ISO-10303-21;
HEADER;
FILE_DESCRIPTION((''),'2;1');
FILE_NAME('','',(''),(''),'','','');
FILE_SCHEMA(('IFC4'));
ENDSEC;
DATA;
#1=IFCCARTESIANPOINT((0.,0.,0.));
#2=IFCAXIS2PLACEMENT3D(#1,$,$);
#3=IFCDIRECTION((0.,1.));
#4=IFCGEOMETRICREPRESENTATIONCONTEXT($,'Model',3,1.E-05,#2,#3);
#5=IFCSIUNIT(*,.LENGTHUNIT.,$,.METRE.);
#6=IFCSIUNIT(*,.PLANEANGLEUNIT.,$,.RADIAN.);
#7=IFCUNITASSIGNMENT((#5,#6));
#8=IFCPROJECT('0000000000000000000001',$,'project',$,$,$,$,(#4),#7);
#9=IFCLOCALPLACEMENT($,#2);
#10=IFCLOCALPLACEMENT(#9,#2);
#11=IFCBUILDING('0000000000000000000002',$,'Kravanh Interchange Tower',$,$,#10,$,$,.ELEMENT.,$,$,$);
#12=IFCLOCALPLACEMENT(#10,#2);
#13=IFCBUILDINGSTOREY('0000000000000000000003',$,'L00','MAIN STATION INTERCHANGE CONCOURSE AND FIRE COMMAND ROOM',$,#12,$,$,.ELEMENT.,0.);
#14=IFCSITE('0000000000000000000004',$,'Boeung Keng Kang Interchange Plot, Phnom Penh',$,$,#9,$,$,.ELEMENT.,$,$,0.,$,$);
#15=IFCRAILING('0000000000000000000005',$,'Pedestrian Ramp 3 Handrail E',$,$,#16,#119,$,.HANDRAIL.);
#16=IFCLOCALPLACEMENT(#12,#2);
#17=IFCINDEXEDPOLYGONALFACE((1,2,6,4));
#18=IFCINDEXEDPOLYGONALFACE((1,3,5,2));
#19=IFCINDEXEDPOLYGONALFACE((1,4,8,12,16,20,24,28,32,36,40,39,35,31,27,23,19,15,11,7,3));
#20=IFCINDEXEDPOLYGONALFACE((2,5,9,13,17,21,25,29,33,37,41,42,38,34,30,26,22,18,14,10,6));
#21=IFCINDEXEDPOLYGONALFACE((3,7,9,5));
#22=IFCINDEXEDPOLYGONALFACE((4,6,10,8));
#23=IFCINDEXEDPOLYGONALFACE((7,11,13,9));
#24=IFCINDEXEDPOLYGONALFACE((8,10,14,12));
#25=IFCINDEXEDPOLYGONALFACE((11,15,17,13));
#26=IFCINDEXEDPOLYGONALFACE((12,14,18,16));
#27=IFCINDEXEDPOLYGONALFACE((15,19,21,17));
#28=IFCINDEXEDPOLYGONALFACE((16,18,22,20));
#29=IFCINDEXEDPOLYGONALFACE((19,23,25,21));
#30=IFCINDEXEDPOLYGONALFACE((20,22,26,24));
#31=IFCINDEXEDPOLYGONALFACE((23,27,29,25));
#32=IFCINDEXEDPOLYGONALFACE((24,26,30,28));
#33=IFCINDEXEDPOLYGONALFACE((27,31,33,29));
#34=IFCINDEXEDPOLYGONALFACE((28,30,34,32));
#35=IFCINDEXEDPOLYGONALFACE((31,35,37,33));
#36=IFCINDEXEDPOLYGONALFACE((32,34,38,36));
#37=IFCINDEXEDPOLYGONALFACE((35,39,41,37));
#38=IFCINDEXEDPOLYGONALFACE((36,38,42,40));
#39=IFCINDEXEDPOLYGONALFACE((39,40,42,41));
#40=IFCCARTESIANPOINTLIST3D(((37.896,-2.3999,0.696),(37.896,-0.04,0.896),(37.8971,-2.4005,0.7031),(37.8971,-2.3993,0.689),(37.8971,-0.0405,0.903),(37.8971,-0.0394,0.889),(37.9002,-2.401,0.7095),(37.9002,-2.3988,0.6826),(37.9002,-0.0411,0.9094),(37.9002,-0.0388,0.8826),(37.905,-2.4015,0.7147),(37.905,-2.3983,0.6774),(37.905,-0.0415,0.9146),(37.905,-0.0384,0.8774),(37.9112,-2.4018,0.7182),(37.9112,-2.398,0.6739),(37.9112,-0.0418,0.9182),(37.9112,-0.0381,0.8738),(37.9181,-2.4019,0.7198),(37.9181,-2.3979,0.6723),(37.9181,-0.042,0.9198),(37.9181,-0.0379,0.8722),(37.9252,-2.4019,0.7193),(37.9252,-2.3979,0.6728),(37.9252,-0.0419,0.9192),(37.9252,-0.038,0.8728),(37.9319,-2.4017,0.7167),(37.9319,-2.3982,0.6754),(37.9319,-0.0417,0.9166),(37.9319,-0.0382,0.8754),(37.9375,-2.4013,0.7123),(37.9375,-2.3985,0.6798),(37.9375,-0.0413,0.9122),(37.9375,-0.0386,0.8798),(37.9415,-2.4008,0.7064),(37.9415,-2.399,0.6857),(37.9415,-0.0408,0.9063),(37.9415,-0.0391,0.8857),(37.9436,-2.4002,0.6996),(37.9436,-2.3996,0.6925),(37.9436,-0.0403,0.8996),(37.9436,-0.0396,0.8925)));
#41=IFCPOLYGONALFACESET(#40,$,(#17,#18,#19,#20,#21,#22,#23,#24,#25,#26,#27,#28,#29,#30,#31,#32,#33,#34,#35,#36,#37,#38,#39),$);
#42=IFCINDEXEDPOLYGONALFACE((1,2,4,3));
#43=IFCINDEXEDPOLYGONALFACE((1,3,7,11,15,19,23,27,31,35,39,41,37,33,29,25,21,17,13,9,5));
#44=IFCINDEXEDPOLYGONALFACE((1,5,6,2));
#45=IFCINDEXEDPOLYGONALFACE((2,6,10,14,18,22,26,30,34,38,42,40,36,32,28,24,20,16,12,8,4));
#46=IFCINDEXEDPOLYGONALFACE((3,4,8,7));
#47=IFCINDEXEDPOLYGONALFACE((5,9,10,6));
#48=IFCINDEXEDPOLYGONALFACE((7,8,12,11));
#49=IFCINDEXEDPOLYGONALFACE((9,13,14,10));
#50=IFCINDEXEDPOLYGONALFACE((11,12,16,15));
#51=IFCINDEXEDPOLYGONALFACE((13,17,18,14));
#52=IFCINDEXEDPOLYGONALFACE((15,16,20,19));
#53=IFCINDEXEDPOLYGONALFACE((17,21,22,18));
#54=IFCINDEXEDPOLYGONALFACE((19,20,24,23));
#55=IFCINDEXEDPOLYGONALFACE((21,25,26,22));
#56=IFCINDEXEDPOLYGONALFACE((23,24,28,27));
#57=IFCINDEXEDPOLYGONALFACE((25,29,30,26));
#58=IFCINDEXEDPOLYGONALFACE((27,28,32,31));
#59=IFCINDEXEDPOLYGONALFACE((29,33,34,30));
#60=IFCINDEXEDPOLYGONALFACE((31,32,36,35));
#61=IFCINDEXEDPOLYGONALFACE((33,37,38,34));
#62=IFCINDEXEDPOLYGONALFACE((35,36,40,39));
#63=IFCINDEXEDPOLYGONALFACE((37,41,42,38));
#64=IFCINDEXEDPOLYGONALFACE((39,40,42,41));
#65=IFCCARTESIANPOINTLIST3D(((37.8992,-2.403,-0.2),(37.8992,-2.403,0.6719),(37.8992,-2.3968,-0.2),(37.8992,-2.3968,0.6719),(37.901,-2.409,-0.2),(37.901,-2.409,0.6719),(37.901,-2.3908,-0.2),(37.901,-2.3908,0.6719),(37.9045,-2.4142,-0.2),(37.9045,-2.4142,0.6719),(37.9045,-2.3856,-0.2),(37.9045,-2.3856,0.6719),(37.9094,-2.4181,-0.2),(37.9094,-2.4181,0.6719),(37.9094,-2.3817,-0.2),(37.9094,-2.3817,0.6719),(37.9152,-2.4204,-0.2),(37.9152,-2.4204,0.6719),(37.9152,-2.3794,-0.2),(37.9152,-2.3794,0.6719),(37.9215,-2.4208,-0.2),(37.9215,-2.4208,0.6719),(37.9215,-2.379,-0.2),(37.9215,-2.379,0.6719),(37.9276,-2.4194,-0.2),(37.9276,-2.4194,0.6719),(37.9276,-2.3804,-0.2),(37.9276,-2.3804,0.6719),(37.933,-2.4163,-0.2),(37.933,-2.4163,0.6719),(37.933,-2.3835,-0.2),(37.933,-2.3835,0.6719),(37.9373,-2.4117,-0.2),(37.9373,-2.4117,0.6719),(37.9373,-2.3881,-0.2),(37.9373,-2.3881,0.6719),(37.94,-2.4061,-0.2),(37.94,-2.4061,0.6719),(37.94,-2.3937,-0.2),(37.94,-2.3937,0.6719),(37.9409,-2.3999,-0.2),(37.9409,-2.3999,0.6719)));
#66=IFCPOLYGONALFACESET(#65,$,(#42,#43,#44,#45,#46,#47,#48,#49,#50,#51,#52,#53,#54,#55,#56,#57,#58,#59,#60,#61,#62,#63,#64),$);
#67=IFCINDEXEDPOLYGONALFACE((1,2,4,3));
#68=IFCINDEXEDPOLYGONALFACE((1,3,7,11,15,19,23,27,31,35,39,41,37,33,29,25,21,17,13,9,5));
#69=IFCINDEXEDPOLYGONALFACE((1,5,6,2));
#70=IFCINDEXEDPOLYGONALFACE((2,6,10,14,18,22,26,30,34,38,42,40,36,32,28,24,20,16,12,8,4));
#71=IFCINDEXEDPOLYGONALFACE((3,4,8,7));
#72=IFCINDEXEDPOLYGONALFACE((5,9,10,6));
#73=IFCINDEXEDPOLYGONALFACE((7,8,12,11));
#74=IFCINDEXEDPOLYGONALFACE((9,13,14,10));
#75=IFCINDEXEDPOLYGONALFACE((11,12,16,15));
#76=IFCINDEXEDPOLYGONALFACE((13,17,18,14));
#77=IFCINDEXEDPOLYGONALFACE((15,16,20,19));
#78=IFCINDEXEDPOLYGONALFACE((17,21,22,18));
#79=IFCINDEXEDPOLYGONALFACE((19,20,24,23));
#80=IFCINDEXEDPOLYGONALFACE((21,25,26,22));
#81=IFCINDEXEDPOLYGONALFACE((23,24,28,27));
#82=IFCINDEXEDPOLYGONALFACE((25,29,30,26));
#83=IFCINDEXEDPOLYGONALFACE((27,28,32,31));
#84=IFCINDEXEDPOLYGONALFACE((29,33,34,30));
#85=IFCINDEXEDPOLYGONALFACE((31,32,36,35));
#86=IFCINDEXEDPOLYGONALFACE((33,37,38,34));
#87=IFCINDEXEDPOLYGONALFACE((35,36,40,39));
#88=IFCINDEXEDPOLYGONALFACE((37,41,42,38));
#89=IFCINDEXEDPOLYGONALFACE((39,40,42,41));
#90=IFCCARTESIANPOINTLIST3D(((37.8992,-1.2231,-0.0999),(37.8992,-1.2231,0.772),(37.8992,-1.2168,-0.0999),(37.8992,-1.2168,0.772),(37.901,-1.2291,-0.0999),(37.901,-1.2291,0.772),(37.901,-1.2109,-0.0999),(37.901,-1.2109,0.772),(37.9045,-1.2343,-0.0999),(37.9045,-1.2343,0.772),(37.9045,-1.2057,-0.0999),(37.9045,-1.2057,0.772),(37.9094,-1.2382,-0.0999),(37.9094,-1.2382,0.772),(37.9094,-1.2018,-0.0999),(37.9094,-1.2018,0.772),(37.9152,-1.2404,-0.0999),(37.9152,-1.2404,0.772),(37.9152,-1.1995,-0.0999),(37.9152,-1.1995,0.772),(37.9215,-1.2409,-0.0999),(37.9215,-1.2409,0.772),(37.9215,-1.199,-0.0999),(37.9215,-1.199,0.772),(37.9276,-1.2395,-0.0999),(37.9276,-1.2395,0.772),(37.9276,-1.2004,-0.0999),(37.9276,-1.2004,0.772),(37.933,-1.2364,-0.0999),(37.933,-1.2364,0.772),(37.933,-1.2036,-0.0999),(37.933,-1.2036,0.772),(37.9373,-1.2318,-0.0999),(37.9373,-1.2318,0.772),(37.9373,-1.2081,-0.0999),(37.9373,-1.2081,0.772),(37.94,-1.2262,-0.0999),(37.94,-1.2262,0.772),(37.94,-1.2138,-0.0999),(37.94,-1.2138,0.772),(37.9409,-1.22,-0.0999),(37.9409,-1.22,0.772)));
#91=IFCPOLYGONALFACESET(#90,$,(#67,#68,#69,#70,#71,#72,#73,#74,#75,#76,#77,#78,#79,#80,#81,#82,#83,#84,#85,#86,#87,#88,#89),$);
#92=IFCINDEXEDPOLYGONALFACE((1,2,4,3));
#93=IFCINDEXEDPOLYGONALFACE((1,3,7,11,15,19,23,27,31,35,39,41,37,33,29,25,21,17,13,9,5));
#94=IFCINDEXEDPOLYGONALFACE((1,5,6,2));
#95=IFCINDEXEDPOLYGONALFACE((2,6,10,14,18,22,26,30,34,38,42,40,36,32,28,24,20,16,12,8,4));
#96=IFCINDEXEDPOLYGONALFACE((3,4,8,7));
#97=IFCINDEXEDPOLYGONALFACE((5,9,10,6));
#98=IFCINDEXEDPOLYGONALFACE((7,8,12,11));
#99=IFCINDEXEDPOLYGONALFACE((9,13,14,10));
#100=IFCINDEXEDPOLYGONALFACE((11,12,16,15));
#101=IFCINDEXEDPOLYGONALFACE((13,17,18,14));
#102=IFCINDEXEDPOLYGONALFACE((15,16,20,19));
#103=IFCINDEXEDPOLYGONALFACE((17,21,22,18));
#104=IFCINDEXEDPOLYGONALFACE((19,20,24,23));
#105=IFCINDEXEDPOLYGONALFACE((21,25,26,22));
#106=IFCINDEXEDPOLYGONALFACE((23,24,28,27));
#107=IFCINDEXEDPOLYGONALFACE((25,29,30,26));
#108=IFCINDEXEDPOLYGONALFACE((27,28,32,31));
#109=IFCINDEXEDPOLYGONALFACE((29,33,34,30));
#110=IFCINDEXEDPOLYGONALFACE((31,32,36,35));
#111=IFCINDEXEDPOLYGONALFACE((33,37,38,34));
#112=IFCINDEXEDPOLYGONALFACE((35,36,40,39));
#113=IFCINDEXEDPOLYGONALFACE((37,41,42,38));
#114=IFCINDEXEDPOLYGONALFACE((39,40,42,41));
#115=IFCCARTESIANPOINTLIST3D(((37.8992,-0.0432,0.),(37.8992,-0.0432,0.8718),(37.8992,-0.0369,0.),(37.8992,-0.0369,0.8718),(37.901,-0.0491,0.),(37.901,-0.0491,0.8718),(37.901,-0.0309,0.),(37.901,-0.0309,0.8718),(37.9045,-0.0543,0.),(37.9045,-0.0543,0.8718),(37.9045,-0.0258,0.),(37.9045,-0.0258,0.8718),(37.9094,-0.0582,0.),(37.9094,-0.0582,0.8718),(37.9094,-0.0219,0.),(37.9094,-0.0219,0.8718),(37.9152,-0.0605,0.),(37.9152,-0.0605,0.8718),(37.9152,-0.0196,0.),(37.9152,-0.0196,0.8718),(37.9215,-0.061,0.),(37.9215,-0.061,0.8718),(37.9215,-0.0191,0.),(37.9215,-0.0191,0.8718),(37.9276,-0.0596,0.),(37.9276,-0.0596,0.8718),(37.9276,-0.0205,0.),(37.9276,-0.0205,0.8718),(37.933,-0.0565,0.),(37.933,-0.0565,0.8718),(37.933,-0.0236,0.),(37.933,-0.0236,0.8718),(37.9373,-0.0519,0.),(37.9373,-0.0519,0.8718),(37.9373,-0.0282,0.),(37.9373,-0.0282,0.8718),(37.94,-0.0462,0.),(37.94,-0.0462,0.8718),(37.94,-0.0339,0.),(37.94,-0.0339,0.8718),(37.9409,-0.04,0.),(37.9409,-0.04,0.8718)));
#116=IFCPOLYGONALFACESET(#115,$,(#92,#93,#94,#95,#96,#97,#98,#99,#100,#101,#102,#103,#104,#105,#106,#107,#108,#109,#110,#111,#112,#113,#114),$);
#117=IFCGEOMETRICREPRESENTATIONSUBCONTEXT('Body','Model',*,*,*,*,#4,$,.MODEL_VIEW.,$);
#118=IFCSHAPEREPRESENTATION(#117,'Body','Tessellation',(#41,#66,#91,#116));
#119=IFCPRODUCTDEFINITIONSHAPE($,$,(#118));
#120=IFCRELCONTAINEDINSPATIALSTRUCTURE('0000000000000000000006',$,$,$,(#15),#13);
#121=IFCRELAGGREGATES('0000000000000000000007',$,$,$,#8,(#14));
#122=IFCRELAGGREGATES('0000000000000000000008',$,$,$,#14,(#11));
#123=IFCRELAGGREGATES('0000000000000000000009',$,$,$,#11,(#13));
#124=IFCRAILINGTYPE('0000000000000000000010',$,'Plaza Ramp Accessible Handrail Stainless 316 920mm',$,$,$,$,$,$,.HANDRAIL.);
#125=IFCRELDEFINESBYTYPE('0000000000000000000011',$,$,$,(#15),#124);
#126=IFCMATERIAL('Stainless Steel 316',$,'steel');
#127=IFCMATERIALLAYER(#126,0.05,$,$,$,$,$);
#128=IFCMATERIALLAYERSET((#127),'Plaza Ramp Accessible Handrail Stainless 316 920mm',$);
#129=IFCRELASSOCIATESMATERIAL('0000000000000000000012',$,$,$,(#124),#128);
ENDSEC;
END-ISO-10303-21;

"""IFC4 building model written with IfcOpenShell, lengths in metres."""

from ifc_helpers import new_model, si_unit, direction, frame, origin, origin_2d, place, context, subcontext, project, spatial, circle, extrude, material, layer, layer_set, type_object, element, save


model = new_model("IFC4")

# Units and contexts
model_context = context("Model", 3, precision=1e-05, world=origin(), true_north=direction((0.0, 1.0)))
body_context = subcontext(model_context, "Body", "Model", "MODEL_VIEW")
ifc_project = project(units=[si_unit("LENGTHUNIT", "METRE"), si_unit("PLANEANGLEUNIT", "RADIAN")], contexts=[model_context])

# Site, building, storey
site_placement = place(None, origin())
site = spatial("IfcSite", under=ifc_project, at=site_placement, Name="Boeung Keng Kang Interchange Plot, Phnom Penh", CompositionType="ELEMENT", RefElevation=0.0)
building_placement = place(site_placement, origin())
building = spatial("IfcBuilding", under=site, at=building_placement, Name="Kravanh Interchange Tower", CompositionType="ELEMENT")
storey_placement = place(building_placement, origin())
storey = spatial("IfcBuildingStorey", under=building, at=storey_placement, Name="L00", Description="MAIN STATION INTERCHANGE CONCOURSE AND FIRE COMMAND ROOM", CompositionType="ELEMENT", Elevation=0.0)

# Railing
ifc_material_1 = material(Name="Stainless Steel 316", Category="steel")
ifc_layer_1 = layer(ifc_material_1, 0.05)
ifc_layer_set_1 = layer_set([ifc_layer_1], Name="Plaza Ramp Accessible Handrail Stainless 316 920mm")
railing_type = type_object("IfcRailingType", Name="Plaza Ramp Accessible Handrail Stainless 316 920mm", PredefinedType="HANDRAIL", material=ifc_layer_set_1)
for number, where, name in (
    (1, (37.9199, -2.3999, -0.2), "Pedestrian Ramp 3 Handrail E"),
):
    element("IfcRailing", number, at=place(storey_placement, frame(where)), inside=storey, type_object=railing_type, Name=name, PredefinedType="HANDRAIL", context=body_context, shape_type="SweptSolid", body=[
        extrude(circle(Radius=0.0239, at=origin_2d()), frame((0.0, 0.0, 0.896), z_axis=(0.0, 0.99643, 0.084427), x_axis=(-1.0, 0.0, 0.0)), (0.0, 0.0, 1.0), 2.3684),
        extrude(circle(Radius=0.021, at=origin_2d()), origin(), (0.0, 0.0, 1.0), 0.8718),
        extrude(circle(Radius=0.021, at=origin_2d()), frame((0.0, 1.1799, 0.1001)), (0.0, 0.0, 1.0), 0.8718),
        extrude(circle(Radius=0.021, at=origin_2d()), frame((0.0, 2.3599, 0.2)), (0.0, 0.0, 1.0), 0.8718),
    ])

save(model, "model.ifc")
